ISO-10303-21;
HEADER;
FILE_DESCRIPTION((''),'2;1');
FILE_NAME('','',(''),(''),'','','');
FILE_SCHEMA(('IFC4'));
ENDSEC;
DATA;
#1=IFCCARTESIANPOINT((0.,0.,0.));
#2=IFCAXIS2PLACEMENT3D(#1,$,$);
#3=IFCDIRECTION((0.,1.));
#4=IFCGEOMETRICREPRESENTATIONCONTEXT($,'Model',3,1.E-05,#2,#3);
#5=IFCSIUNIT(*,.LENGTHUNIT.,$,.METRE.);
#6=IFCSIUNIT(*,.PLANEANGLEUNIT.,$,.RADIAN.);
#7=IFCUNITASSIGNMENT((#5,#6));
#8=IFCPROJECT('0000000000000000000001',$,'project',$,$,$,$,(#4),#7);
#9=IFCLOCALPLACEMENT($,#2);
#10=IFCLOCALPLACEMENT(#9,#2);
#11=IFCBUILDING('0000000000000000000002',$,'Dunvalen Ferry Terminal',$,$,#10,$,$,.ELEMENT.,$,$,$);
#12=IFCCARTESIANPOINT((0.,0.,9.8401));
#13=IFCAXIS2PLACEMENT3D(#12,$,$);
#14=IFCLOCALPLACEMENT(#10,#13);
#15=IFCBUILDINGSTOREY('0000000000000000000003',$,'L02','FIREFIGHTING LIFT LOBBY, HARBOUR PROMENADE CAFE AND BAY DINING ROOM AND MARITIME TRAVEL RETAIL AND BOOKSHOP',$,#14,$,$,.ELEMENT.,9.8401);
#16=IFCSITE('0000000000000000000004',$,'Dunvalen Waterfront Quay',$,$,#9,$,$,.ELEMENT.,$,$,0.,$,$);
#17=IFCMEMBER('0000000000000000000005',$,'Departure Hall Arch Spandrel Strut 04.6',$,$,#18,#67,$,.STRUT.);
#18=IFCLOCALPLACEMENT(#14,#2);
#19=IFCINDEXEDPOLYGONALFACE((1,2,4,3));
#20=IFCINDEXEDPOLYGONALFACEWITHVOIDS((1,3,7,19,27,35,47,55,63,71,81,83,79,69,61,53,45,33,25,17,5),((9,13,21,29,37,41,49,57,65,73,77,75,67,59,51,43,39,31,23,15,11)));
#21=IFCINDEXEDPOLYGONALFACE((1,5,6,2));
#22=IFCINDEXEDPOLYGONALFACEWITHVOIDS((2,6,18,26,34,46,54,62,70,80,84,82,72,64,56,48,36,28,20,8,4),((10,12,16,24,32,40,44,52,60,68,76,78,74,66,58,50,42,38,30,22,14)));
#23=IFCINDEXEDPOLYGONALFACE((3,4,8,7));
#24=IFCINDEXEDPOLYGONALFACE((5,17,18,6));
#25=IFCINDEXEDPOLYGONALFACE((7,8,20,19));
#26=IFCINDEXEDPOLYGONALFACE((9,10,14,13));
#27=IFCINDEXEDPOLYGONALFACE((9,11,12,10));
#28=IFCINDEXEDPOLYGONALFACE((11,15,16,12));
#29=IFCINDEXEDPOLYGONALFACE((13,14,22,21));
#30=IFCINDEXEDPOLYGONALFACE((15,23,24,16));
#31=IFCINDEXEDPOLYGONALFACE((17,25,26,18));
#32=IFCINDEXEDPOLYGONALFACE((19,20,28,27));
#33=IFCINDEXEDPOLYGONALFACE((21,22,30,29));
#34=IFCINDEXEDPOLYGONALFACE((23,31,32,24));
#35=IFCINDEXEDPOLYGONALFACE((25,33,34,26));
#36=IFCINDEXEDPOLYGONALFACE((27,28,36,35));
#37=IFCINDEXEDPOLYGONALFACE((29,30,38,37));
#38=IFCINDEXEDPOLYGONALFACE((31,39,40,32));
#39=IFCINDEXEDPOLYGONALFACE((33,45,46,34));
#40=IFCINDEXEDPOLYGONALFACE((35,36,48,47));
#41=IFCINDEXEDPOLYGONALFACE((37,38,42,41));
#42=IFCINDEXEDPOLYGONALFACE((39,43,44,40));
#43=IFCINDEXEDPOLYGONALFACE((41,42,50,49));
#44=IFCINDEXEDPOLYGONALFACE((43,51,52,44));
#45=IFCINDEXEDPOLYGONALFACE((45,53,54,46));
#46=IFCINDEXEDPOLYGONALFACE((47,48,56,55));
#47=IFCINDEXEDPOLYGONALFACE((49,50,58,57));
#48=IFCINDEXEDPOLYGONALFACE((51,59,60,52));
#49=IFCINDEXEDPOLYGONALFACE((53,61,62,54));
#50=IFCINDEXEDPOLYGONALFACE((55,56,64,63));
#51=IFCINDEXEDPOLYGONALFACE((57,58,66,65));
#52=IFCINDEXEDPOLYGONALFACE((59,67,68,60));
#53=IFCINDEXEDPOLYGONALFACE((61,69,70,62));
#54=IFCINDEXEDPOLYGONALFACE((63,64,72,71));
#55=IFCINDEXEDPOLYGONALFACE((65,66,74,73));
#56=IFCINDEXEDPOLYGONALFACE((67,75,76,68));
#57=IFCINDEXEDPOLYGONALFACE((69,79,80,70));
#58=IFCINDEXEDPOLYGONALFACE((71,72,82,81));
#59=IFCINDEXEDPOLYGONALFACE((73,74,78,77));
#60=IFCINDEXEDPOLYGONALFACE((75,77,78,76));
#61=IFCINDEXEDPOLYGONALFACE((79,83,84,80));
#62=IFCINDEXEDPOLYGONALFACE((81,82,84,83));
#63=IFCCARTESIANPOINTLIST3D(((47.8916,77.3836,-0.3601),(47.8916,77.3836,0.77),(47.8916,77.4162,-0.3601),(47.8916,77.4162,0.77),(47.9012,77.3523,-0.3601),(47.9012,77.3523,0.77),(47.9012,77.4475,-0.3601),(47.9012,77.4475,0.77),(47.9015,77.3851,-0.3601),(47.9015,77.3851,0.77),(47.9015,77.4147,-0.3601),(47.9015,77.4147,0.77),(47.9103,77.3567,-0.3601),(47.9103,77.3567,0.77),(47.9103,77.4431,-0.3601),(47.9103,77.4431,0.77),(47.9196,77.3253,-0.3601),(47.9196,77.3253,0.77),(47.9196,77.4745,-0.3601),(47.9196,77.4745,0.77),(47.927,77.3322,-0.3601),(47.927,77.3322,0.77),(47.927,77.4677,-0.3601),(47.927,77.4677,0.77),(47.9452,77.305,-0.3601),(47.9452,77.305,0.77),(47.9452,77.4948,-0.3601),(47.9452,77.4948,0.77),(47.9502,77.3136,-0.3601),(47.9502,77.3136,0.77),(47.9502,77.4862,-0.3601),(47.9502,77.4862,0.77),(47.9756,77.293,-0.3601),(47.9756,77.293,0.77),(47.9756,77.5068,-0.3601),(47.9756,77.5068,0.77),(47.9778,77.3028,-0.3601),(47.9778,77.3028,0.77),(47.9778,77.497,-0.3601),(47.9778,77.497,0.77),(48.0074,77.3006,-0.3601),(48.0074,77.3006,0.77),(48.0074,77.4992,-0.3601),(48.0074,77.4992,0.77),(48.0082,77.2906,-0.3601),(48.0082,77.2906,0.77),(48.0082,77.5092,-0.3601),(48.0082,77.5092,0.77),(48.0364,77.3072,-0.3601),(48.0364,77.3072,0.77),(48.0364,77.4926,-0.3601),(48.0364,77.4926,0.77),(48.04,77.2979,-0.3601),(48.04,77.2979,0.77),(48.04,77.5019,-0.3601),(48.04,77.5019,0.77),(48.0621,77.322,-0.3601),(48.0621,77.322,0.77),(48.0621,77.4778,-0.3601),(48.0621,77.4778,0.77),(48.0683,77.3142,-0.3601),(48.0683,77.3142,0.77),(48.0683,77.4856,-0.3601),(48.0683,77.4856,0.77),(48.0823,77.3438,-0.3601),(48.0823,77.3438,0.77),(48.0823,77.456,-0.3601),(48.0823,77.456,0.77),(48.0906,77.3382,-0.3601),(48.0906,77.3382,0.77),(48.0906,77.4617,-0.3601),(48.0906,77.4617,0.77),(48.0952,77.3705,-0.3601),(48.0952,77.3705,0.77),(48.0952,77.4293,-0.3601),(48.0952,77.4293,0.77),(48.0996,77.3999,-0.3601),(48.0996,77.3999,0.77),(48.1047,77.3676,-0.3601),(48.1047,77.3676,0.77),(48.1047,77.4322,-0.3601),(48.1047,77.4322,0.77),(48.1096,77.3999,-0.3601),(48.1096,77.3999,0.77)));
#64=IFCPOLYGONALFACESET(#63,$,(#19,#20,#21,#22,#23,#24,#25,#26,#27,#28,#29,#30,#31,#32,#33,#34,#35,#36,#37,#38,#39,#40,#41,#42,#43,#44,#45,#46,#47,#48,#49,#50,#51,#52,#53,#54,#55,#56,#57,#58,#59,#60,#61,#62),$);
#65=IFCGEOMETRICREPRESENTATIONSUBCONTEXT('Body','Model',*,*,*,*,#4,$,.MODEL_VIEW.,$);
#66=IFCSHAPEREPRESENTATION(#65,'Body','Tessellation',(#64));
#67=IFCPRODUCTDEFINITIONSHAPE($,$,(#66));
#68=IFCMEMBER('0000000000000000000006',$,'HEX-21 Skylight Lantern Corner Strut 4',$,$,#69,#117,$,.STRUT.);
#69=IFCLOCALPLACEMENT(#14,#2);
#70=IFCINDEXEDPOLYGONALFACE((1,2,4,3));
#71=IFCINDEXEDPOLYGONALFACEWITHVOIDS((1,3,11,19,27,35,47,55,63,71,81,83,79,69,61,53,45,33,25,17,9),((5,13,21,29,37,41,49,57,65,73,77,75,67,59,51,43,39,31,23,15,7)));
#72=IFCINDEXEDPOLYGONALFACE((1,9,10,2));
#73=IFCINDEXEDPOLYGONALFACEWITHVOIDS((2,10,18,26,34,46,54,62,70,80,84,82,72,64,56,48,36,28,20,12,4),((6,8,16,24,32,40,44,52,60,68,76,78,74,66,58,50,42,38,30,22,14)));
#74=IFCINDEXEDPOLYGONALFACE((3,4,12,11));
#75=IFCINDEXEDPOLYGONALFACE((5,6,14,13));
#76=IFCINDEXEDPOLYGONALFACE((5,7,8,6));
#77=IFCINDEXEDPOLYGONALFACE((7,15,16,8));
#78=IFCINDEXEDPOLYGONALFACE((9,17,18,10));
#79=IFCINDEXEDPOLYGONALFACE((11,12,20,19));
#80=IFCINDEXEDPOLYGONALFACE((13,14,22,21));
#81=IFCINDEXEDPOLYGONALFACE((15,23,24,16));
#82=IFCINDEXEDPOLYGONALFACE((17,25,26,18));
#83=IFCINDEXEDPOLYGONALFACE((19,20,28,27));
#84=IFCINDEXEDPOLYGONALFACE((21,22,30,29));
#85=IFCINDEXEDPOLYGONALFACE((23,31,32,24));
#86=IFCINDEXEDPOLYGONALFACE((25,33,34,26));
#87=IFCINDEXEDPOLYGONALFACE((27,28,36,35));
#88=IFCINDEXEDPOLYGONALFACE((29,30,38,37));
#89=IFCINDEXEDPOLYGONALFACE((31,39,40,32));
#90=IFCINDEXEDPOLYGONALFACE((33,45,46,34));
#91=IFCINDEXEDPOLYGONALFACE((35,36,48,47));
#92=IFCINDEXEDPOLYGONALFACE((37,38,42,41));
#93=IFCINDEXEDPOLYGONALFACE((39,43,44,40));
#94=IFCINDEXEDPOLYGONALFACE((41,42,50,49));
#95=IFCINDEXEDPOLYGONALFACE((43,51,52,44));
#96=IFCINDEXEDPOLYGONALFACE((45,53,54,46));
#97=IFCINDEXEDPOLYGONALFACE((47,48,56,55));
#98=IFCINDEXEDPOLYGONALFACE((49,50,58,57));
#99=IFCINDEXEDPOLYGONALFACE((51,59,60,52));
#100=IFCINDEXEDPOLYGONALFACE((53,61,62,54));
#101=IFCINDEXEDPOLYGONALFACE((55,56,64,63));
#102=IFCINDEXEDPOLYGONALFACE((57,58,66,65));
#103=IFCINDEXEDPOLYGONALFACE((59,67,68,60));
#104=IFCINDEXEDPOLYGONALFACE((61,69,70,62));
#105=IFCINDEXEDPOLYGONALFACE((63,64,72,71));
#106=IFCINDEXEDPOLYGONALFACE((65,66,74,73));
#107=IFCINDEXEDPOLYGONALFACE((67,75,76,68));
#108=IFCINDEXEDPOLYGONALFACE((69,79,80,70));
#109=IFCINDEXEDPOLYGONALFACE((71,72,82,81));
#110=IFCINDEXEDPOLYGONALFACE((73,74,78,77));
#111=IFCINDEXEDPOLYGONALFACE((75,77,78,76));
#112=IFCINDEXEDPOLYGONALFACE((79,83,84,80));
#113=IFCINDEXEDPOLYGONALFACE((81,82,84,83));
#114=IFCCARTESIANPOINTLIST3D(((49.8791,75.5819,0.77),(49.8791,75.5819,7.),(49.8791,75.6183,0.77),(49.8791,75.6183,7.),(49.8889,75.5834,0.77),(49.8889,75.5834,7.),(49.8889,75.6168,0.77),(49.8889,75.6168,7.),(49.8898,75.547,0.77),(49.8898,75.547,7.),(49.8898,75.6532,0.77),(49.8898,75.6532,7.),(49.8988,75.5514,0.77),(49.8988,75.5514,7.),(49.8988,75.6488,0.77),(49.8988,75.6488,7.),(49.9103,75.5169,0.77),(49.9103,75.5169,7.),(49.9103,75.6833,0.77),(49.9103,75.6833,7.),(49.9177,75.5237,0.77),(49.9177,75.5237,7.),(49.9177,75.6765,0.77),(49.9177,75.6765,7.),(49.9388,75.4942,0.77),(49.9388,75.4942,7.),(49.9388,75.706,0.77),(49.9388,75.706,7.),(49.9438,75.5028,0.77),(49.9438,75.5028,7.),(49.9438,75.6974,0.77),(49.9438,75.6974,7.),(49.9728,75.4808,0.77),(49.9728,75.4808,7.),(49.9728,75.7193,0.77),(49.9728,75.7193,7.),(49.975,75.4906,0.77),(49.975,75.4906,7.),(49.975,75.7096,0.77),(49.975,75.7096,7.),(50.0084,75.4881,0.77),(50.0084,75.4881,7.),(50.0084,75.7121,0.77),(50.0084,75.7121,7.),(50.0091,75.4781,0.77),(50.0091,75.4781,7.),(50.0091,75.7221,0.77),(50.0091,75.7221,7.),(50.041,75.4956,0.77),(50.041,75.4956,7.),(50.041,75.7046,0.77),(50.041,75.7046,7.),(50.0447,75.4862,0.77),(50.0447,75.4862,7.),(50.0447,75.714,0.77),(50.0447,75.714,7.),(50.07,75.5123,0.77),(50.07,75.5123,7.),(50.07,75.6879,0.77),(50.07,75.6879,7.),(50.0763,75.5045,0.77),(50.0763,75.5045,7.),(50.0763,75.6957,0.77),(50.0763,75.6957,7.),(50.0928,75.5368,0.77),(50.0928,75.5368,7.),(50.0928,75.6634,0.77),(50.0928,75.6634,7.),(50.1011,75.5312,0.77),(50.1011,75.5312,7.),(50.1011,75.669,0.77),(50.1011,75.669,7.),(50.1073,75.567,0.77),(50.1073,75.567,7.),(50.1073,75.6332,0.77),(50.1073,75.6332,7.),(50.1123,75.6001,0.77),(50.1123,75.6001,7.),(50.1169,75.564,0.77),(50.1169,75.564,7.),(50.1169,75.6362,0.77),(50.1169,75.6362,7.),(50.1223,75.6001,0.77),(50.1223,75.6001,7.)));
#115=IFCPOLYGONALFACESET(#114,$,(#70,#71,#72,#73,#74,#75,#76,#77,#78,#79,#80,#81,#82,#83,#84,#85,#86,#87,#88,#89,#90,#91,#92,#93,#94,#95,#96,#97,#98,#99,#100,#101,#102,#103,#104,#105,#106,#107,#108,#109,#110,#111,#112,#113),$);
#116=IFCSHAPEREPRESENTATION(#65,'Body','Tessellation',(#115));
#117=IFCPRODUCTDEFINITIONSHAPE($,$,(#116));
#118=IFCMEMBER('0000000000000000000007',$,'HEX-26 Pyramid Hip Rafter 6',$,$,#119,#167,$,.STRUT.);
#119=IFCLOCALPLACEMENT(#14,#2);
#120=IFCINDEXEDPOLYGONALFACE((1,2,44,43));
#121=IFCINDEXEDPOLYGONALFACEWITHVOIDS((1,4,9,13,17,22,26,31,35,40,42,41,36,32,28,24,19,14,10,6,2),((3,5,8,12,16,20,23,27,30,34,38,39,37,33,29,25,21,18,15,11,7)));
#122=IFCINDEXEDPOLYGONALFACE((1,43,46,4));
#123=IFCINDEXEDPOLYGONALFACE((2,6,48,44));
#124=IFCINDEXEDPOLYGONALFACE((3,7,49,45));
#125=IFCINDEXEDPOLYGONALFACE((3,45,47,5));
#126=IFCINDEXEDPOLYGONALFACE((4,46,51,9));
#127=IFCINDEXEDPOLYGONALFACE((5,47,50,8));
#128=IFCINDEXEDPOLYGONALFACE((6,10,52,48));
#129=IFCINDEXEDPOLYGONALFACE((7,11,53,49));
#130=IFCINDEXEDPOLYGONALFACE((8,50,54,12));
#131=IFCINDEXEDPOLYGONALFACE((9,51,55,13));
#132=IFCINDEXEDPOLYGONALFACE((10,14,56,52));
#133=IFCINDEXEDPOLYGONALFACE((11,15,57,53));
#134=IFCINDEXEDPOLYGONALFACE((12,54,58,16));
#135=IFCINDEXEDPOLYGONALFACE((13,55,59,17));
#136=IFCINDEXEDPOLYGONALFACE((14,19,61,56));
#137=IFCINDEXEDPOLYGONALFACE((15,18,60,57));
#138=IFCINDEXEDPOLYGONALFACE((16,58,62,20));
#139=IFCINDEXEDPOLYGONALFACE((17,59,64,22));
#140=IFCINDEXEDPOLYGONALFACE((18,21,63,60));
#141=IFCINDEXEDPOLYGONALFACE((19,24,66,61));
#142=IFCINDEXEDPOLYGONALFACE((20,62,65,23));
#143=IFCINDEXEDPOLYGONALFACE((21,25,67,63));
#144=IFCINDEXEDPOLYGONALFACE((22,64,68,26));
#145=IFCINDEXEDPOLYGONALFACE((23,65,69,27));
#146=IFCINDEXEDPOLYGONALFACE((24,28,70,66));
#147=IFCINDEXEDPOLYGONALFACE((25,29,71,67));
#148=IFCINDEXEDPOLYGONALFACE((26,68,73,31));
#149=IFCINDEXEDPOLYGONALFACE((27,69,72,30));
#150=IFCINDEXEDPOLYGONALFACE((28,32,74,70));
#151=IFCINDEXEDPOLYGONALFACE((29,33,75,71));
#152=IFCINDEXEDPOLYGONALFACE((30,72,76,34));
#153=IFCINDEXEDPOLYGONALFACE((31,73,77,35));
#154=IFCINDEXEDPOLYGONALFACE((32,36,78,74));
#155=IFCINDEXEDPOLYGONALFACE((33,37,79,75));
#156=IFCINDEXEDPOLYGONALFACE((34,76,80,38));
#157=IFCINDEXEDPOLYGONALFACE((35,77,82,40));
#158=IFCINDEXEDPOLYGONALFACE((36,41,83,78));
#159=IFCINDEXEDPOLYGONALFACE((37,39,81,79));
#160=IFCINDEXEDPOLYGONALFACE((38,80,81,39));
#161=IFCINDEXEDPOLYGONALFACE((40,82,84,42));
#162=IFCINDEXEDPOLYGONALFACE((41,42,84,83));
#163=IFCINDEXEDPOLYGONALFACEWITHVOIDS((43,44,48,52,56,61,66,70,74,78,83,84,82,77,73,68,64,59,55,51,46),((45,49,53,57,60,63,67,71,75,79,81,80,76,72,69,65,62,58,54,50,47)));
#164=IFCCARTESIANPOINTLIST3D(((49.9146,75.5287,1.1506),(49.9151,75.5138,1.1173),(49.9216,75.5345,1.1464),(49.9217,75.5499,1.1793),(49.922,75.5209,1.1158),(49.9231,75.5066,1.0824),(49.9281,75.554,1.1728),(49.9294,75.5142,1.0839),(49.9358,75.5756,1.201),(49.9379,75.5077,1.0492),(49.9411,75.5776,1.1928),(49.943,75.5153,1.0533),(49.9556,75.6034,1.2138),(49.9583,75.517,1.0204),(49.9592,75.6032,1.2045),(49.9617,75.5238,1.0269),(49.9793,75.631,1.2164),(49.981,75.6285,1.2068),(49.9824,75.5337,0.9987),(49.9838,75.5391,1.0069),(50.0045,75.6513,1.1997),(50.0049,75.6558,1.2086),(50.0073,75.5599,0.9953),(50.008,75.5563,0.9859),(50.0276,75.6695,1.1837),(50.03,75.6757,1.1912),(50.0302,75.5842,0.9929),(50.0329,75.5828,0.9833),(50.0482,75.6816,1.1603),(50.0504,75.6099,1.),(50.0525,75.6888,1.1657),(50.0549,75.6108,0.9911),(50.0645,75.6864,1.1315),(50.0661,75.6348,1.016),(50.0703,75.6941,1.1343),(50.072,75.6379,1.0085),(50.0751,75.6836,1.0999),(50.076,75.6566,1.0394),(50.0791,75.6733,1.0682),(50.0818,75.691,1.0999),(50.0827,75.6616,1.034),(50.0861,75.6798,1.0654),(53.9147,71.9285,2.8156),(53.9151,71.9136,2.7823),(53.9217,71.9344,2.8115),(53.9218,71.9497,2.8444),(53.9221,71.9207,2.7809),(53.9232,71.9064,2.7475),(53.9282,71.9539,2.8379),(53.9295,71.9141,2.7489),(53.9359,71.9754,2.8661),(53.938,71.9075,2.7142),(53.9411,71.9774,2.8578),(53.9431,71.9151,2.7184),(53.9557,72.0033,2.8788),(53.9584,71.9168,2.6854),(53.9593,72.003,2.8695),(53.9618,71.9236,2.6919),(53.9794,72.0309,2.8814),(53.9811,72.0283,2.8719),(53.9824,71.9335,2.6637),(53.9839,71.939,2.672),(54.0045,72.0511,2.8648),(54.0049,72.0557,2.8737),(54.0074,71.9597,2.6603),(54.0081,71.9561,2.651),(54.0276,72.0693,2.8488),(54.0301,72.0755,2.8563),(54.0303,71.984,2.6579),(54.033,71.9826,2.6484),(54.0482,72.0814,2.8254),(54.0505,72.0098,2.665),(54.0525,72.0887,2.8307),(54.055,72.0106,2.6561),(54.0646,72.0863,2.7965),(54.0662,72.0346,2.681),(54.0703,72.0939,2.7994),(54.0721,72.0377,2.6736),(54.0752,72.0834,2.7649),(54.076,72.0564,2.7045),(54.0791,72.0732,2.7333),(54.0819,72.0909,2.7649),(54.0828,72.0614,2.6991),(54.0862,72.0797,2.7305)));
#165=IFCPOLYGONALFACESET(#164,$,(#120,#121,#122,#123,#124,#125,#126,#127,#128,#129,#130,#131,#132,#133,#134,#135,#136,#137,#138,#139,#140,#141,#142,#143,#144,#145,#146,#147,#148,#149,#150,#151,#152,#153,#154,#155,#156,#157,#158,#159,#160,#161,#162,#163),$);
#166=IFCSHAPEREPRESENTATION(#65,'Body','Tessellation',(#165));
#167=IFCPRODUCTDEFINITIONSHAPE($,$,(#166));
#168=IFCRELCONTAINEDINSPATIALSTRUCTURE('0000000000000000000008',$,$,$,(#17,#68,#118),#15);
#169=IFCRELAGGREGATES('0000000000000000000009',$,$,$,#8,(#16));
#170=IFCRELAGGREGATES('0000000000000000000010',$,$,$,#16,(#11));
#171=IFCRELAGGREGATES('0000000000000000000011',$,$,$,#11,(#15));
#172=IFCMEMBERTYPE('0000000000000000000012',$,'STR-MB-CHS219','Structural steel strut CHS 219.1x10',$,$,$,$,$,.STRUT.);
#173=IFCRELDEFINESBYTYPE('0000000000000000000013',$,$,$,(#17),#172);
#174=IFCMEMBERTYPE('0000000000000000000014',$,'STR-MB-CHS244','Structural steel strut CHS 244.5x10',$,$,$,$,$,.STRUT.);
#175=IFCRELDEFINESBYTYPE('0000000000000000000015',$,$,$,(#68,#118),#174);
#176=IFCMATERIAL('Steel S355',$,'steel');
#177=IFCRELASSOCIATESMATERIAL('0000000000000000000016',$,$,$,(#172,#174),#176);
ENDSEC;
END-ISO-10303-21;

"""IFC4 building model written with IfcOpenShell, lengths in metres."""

from ifc_helpers import new_model, si_unit, direction, frame, origin, origin_2d, place, context, subcontext, project, spatial, hollow_circle, extrude, material, material_profile, profile_set, type_object, element, save


model = new_model("IFC4")

# Units and contexts
model_context = context("Model", 3, precision=1e-05, world=origin(), true_north=direction((0.0, 1.0)))
body_context = subcontext(model_context, "Body", "Model", "MODEL_VIEW")
ifc_project = project(units=[si_unit("LENGTHUNIT", "METRE"), si_unit("PLANEANGLEUNIT", "RADIAN")], contexts=[model_context])

# Site, building, storey
site_placement = place(None, origin())
site = spatial("IfcSite", under=ifc_project, at=site_placement, Name="Dunvalen Waterfront Quay", CompositionType="ELEMENT", RefElevation=0.0)
building_placement = place(site_placement, origin())
building = spatial("IfcBuilding", under=site, at=building_placement, Name="Dunvalen Ferry Terminal", CompositionType="ELEMENT")
storey_placement = place(building_placement, frame((0.0, 0.0, 9.8401)))
storey = spatial("IfcBuildingStorey", under=building, at=storey_placement, Name="L02", Description="FIREFIGHTING LIFT LOBBY, HARBOUR PROMENADE CAFE AND BAY DINING ROOM AND MARITIME TRAVEL RETAIL AND BOOKSHOP", CompositionType="ELEMENT", Elevation=9.8401)

# Shared definitions
ifc_material_1 = material(Name="Steel S355", Category="steel")

# Members
ifc_material_profile_1 = material_profile(ifc_material_1, hollow_circle(Radius=0.1096, WallThickness=0.01, at=origin_2d()), Name="Steel S355")
ifc_profile_set_1 = profile_set([ifc_material_profile_1], Name="Steel S355")
member_type_1 = type_object("IfcMemberType", Name="STR-MB-CHS219", Description="Structural steel strut CHS 219.1x10", PredefinedType="STRUT", material=ifc_profile_set_1)
member_1_placement = place(storey_placement, frame((48.0, 77.3999, -0.3601), z_axis=(0.0, 0.0, 1.0), x_axis=(1.0, 0.0, 0.0)))
element("IfcMember", 1, at=member_1_placement, inside=storey, type_object=member_type_1, Name="Departure Hall Arch Spandrel Strut 04.6", PredefinedType="STRUT", context=body_context, shape_type="SweptSolid", body=[
    extrude(hollow_circle(Radius=0.1096, WallThickness=0.01, at=origin_2d()), origin(), (0.0, 0.0, 1.0), 1.1301),
])
ifc_material_profile_2 = material_profile(ifc_material_1, hollow_circle(Radius=0.1223, WallThickness=0.01, at=origin_2d()), Name="Steel S355")
ifc_profile_set_2 = profile_set([ifc_material_profile_2], Name="Steel S355")
member_type_2 = type_object("IfcMemberType", Name="STR-MB-CHS244", Description="Structural steel strut CHS 244.5x10", PredefinedType="STRUT", material=ifc_profile_set_2)
member_2_placement = place(storey_placement, frame((50.0, 75.6001, 0.77), z_axis=(0.0, 0.0, 1.0), x_axis=(1.0, 0.0, 0.0)))
element("IfcMember", 2, at=member_2_placement, inside=storey, type_object=member_type_2, Name="HEX-21 Skylight Lantern Corner Strut 4", PredefinedType="STRUT", context=body_context, shape_type="SweptSolid", body=[
    extrude(hollow_circle(Radius=0.1223, WallThickness=0.01, at=origin_2d()), origin(), (0.0, 0.0, 1.0), 6.23),
])
member_3_placement = place(storey_placement, frame((50.0, 75.6001, 1.0999), z_axis=(0.710075, -0.639085, 0.295576), x_axis=(0.668975, 0.743285, 0.0)))
element("IfcMember", 3, at=member_3_placement, inside=storey, type_object=member_type_2, Name="HEX-26 Pyramid Hip Rafter 6", PredefinedType="STRUT", context=body_context, shape_type="SweptSolid", body=[
    extrude(hollow_circle(Radius=0.1223, WallThickness=0.01, at=origin_2d()), origin(), (0.0, 0.0, 1.0), 5.6333),
])

save(model, "model.ifc")
